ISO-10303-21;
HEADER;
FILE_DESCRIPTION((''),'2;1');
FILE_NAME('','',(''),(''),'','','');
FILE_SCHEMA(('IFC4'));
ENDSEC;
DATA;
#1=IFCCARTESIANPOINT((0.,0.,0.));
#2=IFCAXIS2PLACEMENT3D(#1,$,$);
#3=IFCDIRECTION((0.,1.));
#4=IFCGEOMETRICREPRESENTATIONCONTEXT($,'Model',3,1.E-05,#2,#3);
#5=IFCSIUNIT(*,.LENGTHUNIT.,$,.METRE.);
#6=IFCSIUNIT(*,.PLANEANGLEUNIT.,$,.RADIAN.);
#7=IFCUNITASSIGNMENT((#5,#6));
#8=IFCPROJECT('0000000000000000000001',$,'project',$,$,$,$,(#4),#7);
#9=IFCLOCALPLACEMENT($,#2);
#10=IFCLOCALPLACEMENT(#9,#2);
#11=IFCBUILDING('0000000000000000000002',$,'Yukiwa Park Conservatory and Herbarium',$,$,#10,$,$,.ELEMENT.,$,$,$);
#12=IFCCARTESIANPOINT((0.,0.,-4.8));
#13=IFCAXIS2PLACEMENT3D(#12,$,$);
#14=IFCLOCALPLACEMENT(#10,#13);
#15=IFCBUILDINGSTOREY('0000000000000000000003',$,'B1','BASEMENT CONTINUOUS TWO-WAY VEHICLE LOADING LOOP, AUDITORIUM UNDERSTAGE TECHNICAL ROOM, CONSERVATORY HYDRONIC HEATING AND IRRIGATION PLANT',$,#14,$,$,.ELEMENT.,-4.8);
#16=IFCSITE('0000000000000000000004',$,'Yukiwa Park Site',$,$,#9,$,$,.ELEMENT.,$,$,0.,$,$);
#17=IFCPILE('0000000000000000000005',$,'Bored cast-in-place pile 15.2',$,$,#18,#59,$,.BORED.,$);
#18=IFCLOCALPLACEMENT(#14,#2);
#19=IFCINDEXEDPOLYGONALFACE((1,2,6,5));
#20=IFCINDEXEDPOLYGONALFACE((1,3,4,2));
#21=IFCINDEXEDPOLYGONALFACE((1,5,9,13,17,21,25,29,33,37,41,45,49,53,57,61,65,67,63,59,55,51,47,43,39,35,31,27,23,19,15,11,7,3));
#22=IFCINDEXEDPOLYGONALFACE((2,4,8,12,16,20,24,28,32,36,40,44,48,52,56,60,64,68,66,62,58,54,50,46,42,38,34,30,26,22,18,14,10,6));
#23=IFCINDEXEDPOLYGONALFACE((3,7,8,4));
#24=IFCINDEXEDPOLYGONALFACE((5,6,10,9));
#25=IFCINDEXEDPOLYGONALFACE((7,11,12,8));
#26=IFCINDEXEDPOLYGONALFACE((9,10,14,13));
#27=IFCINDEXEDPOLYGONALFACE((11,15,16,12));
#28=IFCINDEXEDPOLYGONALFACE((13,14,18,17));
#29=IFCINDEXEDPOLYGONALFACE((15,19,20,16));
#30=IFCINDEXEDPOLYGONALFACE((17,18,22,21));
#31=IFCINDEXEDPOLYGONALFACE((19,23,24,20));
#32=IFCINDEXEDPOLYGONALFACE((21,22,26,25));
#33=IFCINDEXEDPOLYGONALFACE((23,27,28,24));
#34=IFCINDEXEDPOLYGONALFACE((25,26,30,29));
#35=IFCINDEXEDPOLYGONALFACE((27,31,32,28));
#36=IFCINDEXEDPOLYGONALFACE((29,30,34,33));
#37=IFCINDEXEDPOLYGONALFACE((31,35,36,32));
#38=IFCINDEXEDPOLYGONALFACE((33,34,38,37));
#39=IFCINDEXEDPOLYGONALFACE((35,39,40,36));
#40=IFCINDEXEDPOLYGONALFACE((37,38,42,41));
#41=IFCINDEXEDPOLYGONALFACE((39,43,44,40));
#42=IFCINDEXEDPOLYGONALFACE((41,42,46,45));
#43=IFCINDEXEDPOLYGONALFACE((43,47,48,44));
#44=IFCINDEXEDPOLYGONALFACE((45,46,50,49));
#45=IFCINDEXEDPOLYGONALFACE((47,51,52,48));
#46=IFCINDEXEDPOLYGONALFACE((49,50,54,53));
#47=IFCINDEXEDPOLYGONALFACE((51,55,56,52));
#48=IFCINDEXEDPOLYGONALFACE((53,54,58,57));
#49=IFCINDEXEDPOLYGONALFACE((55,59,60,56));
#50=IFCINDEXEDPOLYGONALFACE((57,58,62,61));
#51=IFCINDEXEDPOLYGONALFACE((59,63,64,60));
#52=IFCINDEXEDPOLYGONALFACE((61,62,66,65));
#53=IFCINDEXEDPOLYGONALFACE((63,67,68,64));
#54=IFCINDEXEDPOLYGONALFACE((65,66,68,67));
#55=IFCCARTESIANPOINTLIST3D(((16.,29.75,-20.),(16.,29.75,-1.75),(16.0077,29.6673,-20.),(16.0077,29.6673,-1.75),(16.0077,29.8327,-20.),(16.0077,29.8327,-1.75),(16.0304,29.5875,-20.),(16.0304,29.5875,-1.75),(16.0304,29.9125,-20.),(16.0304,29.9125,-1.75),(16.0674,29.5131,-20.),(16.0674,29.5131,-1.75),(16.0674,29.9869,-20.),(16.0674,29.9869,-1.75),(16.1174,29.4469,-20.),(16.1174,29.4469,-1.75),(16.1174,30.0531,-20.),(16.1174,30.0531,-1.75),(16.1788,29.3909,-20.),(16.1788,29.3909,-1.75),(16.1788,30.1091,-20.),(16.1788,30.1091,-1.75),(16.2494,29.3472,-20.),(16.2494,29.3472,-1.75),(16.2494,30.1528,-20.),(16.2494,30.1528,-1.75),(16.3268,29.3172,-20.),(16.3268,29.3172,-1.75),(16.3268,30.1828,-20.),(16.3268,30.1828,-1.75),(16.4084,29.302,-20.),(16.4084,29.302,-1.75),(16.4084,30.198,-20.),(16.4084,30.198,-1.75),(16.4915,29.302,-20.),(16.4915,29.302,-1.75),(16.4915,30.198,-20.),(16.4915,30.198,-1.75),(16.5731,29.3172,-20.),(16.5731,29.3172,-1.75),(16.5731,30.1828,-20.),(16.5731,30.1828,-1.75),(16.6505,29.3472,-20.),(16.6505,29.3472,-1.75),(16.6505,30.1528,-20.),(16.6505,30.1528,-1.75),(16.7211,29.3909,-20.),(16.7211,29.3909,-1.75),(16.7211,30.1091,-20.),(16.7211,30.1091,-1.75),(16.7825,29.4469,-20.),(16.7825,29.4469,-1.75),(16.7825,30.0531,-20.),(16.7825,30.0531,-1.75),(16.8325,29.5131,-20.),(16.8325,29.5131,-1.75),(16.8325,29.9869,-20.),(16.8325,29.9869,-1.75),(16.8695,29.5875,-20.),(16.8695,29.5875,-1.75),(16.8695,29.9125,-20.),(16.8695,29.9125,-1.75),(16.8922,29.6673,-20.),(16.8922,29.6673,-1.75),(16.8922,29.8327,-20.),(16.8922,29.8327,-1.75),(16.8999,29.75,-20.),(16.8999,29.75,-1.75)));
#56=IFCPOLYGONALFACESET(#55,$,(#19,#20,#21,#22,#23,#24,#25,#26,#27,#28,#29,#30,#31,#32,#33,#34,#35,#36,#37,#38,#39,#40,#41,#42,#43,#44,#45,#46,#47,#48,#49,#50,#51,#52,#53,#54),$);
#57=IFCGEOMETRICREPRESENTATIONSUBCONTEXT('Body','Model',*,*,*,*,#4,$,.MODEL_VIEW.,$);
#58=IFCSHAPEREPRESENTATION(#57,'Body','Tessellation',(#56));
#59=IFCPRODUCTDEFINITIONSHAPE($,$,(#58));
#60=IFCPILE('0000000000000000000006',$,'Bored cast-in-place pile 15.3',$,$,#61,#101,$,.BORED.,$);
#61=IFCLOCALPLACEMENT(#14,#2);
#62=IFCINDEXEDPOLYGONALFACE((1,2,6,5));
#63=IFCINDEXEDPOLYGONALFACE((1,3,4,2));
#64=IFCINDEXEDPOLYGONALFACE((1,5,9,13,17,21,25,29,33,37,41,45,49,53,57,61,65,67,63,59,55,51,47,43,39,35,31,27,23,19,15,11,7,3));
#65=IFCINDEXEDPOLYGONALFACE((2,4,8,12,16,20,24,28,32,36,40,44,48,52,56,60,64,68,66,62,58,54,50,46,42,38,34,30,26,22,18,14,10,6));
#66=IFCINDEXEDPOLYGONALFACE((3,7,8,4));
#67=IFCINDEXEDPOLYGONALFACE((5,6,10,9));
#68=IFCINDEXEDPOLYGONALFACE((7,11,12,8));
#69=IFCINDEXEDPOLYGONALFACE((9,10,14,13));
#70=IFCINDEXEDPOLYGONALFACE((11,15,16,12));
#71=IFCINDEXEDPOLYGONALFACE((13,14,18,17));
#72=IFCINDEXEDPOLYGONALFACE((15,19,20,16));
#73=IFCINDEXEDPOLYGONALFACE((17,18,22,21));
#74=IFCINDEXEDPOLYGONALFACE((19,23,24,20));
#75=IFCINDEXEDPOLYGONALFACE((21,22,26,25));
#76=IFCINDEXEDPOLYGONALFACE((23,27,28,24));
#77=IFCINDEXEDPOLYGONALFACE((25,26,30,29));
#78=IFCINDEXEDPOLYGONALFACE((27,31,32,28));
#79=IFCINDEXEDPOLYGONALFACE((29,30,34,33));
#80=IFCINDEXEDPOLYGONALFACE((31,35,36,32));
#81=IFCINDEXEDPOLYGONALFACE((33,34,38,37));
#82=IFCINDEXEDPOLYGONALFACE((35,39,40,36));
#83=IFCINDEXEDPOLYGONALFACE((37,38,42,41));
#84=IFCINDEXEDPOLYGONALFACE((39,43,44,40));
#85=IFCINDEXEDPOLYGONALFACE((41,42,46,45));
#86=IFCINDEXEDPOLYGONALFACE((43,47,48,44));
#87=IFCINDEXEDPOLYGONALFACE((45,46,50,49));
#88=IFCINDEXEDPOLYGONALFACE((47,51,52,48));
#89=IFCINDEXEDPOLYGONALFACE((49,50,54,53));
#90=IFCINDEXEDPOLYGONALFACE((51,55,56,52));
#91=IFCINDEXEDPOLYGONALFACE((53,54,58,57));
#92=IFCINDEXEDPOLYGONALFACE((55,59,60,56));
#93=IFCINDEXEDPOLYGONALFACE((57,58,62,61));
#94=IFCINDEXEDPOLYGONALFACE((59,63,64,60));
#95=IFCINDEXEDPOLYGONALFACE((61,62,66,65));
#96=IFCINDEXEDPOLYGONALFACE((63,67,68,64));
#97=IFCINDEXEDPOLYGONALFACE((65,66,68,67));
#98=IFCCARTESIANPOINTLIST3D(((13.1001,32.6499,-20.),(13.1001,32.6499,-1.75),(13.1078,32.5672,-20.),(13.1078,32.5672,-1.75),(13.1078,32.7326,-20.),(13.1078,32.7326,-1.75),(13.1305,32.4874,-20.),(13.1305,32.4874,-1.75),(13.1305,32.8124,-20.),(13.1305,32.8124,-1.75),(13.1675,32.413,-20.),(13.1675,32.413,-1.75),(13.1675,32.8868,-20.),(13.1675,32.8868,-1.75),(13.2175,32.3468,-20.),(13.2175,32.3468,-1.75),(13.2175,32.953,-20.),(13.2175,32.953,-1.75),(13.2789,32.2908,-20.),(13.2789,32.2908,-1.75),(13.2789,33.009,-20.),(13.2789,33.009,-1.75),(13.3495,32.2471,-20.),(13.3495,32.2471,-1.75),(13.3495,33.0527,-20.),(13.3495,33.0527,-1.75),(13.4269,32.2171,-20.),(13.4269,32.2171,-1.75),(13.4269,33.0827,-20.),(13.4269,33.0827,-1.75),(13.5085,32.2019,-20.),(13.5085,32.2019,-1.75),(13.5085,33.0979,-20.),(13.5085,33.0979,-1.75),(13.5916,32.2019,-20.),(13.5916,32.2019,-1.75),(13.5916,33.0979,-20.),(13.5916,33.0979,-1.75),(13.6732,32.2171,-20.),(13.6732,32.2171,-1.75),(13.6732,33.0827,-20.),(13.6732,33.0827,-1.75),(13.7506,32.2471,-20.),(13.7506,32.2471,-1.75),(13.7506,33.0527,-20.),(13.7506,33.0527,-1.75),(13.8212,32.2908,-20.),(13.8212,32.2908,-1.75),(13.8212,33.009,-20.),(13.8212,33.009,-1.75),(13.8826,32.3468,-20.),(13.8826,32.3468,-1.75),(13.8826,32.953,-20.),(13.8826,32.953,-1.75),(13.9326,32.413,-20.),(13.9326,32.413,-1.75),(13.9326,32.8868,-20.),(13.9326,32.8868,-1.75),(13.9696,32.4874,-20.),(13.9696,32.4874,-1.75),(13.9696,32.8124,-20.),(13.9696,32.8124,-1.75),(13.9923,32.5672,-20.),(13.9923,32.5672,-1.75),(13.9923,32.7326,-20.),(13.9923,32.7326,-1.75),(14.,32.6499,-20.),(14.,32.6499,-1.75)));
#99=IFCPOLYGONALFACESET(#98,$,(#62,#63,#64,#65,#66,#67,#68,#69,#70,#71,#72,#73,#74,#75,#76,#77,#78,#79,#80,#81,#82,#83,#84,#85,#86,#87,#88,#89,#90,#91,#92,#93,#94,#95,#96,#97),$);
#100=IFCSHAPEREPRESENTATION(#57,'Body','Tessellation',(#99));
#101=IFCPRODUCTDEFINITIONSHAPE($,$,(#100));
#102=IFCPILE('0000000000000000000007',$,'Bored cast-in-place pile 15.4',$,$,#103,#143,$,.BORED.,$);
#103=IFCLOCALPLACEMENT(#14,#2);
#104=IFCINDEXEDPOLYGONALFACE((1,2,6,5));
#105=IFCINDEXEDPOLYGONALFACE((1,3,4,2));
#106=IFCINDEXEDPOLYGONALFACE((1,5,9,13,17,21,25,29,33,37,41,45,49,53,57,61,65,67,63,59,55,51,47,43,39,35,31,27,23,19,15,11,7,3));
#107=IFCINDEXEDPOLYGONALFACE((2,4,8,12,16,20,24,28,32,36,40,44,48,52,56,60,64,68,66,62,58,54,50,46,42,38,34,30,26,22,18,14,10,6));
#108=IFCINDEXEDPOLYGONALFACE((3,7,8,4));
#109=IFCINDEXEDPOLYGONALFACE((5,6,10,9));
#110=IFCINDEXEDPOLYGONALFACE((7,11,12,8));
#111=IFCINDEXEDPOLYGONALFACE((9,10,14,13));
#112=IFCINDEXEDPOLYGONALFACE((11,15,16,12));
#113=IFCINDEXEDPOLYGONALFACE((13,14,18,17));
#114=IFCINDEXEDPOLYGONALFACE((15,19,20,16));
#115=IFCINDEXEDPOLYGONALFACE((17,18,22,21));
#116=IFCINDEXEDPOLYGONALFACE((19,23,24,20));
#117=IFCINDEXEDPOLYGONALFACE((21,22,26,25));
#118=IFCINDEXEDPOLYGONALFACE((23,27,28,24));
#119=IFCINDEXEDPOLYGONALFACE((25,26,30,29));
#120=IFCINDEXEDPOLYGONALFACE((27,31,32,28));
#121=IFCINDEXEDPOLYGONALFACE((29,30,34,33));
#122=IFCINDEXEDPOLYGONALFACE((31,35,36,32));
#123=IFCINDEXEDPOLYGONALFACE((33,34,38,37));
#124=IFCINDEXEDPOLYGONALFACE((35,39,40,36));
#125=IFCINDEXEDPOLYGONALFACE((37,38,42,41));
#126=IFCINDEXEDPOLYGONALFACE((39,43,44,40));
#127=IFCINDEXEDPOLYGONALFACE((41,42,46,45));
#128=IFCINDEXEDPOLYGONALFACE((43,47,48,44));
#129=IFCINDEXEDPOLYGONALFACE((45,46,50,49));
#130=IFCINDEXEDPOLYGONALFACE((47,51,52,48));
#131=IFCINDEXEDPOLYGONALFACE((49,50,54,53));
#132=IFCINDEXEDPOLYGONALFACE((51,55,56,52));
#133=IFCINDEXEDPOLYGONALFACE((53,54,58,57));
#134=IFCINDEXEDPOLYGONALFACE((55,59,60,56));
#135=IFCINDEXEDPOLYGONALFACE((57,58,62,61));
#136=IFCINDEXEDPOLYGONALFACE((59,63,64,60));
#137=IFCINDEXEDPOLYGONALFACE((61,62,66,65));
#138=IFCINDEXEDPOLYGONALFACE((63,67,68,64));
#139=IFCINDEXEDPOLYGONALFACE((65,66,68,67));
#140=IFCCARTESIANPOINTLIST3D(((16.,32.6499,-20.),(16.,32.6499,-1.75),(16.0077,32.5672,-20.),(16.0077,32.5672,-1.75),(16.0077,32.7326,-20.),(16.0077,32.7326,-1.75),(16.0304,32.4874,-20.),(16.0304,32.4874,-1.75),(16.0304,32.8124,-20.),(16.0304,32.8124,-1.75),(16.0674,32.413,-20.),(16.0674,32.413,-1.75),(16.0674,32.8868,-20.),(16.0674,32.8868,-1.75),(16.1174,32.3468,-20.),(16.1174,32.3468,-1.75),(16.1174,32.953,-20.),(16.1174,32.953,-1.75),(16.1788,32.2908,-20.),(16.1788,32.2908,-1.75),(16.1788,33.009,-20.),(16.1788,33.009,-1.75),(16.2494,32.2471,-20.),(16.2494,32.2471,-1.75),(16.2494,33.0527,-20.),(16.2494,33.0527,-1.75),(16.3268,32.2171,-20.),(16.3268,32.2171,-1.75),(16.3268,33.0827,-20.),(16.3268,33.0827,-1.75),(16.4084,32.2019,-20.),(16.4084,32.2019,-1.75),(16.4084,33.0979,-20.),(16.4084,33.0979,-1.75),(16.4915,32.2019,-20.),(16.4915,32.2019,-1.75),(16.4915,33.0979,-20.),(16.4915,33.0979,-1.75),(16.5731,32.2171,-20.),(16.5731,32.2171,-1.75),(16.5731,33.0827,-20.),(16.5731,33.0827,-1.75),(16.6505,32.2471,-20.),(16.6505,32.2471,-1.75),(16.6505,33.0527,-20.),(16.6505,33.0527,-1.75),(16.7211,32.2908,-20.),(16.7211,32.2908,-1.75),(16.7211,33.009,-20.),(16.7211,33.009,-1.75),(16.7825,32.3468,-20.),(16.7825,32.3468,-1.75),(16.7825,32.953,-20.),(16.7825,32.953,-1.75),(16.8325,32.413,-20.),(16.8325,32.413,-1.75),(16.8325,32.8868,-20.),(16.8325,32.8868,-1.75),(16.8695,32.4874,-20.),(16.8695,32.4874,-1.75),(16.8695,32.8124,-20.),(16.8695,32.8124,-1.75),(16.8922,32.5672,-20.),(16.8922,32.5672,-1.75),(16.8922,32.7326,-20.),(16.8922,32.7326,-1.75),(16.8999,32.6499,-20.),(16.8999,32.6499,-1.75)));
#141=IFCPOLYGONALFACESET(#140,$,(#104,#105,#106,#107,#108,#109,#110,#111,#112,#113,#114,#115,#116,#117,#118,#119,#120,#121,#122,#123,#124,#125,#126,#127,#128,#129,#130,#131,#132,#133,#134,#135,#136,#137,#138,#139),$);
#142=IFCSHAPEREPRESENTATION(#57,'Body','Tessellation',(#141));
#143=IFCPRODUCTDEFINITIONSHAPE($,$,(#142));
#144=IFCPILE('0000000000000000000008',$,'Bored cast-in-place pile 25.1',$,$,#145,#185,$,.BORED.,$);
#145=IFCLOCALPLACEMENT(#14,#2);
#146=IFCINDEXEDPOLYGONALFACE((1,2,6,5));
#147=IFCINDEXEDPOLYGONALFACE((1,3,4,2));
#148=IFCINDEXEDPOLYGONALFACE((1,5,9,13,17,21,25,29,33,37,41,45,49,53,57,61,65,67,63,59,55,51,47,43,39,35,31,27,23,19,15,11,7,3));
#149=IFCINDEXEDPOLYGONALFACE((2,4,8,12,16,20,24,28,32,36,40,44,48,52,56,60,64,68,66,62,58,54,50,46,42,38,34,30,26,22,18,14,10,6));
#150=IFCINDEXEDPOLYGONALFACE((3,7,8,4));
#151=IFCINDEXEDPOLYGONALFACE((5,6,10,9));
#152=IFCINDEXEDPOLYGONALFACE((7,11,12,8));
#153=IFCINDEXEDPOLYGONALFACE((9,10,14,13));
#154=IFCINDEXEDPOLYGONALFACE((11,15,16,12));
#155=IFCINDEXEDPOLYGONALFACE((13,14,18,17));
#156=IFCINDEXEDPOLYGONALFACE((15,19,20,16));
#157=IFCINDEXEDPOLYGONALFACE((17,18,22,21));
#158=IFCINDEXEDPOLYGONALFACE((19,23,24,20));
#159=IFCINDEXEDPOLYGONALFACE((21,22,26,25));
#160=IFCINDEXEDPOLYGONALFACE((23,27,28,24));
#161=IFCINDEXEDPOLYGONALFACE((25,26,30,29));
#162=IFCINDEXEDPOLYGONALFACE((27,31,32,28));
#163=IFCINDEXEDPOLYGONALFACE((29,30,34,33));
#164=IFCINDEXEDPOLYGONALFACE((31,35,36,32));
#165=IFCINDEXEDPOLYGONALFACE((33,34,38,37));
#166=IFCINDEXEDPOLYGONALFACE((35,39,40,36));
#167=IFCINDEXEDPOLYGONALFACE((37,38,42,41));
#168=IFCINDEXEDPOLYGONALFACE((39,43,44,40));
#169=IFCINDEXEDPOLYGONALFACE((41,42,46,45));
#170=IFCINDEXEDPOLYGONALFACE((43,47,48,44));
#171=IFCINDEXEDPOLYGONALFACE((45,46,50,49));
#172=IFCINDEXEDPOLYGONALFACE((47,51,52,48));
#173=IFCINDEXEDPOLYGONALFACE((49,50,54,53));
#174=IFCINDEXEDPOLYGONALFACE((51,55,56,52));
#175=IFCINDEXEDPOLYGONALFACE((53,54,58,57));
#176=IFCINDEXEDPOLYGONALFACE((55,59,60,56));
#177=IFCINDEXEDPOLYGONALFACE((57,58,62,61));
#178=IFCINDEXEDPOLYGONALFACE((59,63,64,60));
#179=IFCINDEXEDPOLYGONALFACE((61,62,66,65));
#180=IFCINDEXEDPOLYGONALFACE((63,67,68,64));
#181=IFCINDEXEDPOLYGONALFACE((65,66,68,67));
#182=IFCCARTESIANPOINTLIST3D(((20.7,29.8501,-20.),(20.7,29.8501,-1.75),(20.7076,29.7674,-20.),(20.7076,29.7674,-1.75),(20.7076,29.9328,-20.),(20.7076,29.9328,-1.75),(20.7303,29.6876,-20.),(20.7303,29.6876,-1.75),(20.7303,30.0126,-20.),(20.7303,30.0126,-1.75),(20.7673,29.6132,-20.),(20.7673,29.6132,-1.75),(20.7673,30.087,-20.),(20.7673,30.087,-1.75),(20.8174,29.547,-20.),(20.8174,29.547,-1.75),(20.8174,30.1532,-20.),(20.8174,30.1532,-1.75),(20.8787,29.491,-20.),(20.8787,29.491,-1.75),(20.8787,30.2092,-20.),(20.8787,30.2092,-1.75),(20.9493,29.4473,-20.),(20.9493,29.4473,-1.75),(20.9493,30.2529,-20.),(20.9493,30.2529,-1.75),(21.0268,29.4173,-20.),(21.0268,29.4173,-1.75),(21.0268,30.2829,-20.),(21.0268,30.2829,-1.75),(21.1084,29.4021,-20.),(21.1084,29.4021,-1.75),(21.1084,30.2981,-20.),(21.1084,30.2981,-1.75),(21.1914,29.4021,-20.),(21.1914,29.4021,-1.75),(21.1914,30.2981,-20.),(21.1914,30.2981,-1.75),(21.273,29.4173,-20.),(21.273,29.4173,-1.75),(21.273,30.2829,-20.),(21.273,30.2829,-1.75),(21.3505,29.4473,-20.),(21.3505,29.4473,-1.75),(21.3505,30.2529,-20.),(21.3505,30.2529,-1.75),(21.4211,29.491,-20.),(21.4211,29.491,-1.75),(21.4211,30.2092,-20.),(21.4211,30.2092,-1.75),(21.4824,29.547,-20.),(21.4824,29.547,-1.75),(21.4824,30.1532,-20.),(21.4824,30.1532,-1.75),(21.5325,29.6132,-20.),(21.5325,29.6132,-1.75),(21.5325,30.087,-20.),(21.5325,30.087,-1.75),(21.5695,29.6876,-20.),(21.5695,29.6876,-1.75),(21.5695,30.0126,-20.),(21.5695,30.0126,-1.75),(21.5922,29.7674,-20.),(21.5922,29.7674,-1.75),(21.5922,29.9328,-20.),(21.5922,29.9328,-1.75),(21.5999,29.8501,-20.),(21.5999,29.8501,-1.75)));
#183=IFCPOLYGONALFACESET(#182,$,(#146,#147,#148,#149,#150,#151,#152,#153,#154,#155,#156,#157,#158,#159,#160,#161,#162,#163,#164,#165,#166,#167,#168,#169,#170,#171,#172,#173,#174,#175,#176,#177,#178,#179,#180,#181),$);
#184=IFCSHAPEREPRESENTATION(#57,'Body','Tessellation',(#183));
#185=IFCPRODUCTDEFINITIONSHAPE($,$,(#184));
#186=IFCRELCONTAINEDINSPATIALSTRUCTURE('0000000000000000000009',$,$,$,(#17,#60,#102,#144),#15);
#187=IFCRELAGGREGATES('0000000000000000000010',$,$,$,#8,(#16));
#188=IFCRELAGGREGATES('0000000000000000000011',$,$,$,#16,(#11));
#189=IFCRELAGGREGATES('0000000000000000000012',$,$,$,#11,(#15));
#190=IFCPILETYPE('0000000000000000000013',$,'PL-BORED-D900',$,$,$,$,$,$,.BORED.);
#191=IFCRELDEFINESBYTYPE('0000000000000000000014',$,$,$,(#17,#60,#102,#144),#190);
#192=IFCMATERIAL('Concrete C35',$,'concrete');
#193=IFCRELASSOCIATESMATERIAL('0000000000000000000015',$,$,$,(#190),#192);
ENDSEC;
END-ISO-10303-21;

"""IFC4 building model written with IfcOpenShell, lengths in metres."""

from ifc_helpers import new_model, si_unit, direction, frame, origin, origin_2d, place, context, subcontext, project, spatial, circle, extrude, material, material_profile, profile_set, type_object, element, save


model = new_model("IFC4")

# Units and contexts
model_context = context("Model", 3, precision=1e-05, world=origin(), true_north=direction((0.0, 1.0)))
body_context = subcontext(model_context, "Body", "Model", "MODEL_VIEW")
ifc_project = project(units=[si_unit("LENGTHUNIT", "METRE"), si_unit("PLANEANGLEUNIT", "RADIAN")], contexts=[model_context])

# Site, building, storey
site_placement = place(None, origin())
site = spatial("IfcSite", under=ifc_project, at=site_placement, Name="Yukiwa Park Site", CompositionType="ELEMENT", RefElevation=0.0)
building_placement = place(site_placement, origin())
building = spatial("IfcBuilding", under=site, at=building_placement, Name="Yukiwa Park Conservatory and Herbarium", CompositionType="ELEMENT")
storey_placement = place(building_placement, frame((0.0, 0.0, -4.8)))
storey = spatial("IfcBuildingStorey", under=building, at=storey_placement, Name="B1", Description="BASEMENT CONTINUOUS TWO-WAY VEHICLE LOADING LOOP, AUDITORIUM UNDERSTAGE TECHNICAL ROOM, CONSERVATORY HYDRONIC HEATING AND IRRIGATION PLANT", CompositionType="ELEMENT", Elevation=-4.8)

# Piles
ifc_material_1 = material(Name="Concrete C35", Category="concrete")
ifc_material_profile_1 = material_profile(ifc_material_1, circle(Radius=0.45, at=origin_2d()), Name="PILE D900")
ifc_profile_set_1 = profile_set([ifc_material_profile_1], Name="Concrete C35")
pile_type_1 = type_object("IfcPileType", Name="PL-BORED-D900", PredefinedType="BORED", material=ifc_profile_set_1)
for number, where, z_axis, x_axis, name in (
    (1, (16.45, 29.75, -1.75), (0.0, 0.0, -1.0), (1.0, 0.0, 0.0), "Bored cast-in-place pile 15.2"),
    (2, (13.55, 32.6499, -1.75), (0.0, 0.0, -1.0), (1.0, 0.0, 0.0), "Bored cast-in-place pile 15.3"),
    (3, (16.45, 32.6499, -1.75), (0.0, 0.0, -1.0), (1.0, 0.0, 0.0), "Bored cast-in-place pile 15.4"),
    (4, (21.1499, 29.8501, -1.75), (0.0, 0.0, -1.0), (1.0, 0.0, 0.0), "Bored cast-in-place pile 25.1"),
):
    element("IfcPile", number, at=place(storey_placement, frame(where, z_axis=z_axis, x_axis=x_axis)), inside=storey, type_object=pile_type_1, Name=name, PredefinedType="BORED", context=body_context, shape_type="SweptSolid", body=[
        extrude(circle(Radius=0.45, at=origin_2d()), origin(), (0.0, 0.0, 1.0), 18.25),
    ])

save(model, "model.ifc")
